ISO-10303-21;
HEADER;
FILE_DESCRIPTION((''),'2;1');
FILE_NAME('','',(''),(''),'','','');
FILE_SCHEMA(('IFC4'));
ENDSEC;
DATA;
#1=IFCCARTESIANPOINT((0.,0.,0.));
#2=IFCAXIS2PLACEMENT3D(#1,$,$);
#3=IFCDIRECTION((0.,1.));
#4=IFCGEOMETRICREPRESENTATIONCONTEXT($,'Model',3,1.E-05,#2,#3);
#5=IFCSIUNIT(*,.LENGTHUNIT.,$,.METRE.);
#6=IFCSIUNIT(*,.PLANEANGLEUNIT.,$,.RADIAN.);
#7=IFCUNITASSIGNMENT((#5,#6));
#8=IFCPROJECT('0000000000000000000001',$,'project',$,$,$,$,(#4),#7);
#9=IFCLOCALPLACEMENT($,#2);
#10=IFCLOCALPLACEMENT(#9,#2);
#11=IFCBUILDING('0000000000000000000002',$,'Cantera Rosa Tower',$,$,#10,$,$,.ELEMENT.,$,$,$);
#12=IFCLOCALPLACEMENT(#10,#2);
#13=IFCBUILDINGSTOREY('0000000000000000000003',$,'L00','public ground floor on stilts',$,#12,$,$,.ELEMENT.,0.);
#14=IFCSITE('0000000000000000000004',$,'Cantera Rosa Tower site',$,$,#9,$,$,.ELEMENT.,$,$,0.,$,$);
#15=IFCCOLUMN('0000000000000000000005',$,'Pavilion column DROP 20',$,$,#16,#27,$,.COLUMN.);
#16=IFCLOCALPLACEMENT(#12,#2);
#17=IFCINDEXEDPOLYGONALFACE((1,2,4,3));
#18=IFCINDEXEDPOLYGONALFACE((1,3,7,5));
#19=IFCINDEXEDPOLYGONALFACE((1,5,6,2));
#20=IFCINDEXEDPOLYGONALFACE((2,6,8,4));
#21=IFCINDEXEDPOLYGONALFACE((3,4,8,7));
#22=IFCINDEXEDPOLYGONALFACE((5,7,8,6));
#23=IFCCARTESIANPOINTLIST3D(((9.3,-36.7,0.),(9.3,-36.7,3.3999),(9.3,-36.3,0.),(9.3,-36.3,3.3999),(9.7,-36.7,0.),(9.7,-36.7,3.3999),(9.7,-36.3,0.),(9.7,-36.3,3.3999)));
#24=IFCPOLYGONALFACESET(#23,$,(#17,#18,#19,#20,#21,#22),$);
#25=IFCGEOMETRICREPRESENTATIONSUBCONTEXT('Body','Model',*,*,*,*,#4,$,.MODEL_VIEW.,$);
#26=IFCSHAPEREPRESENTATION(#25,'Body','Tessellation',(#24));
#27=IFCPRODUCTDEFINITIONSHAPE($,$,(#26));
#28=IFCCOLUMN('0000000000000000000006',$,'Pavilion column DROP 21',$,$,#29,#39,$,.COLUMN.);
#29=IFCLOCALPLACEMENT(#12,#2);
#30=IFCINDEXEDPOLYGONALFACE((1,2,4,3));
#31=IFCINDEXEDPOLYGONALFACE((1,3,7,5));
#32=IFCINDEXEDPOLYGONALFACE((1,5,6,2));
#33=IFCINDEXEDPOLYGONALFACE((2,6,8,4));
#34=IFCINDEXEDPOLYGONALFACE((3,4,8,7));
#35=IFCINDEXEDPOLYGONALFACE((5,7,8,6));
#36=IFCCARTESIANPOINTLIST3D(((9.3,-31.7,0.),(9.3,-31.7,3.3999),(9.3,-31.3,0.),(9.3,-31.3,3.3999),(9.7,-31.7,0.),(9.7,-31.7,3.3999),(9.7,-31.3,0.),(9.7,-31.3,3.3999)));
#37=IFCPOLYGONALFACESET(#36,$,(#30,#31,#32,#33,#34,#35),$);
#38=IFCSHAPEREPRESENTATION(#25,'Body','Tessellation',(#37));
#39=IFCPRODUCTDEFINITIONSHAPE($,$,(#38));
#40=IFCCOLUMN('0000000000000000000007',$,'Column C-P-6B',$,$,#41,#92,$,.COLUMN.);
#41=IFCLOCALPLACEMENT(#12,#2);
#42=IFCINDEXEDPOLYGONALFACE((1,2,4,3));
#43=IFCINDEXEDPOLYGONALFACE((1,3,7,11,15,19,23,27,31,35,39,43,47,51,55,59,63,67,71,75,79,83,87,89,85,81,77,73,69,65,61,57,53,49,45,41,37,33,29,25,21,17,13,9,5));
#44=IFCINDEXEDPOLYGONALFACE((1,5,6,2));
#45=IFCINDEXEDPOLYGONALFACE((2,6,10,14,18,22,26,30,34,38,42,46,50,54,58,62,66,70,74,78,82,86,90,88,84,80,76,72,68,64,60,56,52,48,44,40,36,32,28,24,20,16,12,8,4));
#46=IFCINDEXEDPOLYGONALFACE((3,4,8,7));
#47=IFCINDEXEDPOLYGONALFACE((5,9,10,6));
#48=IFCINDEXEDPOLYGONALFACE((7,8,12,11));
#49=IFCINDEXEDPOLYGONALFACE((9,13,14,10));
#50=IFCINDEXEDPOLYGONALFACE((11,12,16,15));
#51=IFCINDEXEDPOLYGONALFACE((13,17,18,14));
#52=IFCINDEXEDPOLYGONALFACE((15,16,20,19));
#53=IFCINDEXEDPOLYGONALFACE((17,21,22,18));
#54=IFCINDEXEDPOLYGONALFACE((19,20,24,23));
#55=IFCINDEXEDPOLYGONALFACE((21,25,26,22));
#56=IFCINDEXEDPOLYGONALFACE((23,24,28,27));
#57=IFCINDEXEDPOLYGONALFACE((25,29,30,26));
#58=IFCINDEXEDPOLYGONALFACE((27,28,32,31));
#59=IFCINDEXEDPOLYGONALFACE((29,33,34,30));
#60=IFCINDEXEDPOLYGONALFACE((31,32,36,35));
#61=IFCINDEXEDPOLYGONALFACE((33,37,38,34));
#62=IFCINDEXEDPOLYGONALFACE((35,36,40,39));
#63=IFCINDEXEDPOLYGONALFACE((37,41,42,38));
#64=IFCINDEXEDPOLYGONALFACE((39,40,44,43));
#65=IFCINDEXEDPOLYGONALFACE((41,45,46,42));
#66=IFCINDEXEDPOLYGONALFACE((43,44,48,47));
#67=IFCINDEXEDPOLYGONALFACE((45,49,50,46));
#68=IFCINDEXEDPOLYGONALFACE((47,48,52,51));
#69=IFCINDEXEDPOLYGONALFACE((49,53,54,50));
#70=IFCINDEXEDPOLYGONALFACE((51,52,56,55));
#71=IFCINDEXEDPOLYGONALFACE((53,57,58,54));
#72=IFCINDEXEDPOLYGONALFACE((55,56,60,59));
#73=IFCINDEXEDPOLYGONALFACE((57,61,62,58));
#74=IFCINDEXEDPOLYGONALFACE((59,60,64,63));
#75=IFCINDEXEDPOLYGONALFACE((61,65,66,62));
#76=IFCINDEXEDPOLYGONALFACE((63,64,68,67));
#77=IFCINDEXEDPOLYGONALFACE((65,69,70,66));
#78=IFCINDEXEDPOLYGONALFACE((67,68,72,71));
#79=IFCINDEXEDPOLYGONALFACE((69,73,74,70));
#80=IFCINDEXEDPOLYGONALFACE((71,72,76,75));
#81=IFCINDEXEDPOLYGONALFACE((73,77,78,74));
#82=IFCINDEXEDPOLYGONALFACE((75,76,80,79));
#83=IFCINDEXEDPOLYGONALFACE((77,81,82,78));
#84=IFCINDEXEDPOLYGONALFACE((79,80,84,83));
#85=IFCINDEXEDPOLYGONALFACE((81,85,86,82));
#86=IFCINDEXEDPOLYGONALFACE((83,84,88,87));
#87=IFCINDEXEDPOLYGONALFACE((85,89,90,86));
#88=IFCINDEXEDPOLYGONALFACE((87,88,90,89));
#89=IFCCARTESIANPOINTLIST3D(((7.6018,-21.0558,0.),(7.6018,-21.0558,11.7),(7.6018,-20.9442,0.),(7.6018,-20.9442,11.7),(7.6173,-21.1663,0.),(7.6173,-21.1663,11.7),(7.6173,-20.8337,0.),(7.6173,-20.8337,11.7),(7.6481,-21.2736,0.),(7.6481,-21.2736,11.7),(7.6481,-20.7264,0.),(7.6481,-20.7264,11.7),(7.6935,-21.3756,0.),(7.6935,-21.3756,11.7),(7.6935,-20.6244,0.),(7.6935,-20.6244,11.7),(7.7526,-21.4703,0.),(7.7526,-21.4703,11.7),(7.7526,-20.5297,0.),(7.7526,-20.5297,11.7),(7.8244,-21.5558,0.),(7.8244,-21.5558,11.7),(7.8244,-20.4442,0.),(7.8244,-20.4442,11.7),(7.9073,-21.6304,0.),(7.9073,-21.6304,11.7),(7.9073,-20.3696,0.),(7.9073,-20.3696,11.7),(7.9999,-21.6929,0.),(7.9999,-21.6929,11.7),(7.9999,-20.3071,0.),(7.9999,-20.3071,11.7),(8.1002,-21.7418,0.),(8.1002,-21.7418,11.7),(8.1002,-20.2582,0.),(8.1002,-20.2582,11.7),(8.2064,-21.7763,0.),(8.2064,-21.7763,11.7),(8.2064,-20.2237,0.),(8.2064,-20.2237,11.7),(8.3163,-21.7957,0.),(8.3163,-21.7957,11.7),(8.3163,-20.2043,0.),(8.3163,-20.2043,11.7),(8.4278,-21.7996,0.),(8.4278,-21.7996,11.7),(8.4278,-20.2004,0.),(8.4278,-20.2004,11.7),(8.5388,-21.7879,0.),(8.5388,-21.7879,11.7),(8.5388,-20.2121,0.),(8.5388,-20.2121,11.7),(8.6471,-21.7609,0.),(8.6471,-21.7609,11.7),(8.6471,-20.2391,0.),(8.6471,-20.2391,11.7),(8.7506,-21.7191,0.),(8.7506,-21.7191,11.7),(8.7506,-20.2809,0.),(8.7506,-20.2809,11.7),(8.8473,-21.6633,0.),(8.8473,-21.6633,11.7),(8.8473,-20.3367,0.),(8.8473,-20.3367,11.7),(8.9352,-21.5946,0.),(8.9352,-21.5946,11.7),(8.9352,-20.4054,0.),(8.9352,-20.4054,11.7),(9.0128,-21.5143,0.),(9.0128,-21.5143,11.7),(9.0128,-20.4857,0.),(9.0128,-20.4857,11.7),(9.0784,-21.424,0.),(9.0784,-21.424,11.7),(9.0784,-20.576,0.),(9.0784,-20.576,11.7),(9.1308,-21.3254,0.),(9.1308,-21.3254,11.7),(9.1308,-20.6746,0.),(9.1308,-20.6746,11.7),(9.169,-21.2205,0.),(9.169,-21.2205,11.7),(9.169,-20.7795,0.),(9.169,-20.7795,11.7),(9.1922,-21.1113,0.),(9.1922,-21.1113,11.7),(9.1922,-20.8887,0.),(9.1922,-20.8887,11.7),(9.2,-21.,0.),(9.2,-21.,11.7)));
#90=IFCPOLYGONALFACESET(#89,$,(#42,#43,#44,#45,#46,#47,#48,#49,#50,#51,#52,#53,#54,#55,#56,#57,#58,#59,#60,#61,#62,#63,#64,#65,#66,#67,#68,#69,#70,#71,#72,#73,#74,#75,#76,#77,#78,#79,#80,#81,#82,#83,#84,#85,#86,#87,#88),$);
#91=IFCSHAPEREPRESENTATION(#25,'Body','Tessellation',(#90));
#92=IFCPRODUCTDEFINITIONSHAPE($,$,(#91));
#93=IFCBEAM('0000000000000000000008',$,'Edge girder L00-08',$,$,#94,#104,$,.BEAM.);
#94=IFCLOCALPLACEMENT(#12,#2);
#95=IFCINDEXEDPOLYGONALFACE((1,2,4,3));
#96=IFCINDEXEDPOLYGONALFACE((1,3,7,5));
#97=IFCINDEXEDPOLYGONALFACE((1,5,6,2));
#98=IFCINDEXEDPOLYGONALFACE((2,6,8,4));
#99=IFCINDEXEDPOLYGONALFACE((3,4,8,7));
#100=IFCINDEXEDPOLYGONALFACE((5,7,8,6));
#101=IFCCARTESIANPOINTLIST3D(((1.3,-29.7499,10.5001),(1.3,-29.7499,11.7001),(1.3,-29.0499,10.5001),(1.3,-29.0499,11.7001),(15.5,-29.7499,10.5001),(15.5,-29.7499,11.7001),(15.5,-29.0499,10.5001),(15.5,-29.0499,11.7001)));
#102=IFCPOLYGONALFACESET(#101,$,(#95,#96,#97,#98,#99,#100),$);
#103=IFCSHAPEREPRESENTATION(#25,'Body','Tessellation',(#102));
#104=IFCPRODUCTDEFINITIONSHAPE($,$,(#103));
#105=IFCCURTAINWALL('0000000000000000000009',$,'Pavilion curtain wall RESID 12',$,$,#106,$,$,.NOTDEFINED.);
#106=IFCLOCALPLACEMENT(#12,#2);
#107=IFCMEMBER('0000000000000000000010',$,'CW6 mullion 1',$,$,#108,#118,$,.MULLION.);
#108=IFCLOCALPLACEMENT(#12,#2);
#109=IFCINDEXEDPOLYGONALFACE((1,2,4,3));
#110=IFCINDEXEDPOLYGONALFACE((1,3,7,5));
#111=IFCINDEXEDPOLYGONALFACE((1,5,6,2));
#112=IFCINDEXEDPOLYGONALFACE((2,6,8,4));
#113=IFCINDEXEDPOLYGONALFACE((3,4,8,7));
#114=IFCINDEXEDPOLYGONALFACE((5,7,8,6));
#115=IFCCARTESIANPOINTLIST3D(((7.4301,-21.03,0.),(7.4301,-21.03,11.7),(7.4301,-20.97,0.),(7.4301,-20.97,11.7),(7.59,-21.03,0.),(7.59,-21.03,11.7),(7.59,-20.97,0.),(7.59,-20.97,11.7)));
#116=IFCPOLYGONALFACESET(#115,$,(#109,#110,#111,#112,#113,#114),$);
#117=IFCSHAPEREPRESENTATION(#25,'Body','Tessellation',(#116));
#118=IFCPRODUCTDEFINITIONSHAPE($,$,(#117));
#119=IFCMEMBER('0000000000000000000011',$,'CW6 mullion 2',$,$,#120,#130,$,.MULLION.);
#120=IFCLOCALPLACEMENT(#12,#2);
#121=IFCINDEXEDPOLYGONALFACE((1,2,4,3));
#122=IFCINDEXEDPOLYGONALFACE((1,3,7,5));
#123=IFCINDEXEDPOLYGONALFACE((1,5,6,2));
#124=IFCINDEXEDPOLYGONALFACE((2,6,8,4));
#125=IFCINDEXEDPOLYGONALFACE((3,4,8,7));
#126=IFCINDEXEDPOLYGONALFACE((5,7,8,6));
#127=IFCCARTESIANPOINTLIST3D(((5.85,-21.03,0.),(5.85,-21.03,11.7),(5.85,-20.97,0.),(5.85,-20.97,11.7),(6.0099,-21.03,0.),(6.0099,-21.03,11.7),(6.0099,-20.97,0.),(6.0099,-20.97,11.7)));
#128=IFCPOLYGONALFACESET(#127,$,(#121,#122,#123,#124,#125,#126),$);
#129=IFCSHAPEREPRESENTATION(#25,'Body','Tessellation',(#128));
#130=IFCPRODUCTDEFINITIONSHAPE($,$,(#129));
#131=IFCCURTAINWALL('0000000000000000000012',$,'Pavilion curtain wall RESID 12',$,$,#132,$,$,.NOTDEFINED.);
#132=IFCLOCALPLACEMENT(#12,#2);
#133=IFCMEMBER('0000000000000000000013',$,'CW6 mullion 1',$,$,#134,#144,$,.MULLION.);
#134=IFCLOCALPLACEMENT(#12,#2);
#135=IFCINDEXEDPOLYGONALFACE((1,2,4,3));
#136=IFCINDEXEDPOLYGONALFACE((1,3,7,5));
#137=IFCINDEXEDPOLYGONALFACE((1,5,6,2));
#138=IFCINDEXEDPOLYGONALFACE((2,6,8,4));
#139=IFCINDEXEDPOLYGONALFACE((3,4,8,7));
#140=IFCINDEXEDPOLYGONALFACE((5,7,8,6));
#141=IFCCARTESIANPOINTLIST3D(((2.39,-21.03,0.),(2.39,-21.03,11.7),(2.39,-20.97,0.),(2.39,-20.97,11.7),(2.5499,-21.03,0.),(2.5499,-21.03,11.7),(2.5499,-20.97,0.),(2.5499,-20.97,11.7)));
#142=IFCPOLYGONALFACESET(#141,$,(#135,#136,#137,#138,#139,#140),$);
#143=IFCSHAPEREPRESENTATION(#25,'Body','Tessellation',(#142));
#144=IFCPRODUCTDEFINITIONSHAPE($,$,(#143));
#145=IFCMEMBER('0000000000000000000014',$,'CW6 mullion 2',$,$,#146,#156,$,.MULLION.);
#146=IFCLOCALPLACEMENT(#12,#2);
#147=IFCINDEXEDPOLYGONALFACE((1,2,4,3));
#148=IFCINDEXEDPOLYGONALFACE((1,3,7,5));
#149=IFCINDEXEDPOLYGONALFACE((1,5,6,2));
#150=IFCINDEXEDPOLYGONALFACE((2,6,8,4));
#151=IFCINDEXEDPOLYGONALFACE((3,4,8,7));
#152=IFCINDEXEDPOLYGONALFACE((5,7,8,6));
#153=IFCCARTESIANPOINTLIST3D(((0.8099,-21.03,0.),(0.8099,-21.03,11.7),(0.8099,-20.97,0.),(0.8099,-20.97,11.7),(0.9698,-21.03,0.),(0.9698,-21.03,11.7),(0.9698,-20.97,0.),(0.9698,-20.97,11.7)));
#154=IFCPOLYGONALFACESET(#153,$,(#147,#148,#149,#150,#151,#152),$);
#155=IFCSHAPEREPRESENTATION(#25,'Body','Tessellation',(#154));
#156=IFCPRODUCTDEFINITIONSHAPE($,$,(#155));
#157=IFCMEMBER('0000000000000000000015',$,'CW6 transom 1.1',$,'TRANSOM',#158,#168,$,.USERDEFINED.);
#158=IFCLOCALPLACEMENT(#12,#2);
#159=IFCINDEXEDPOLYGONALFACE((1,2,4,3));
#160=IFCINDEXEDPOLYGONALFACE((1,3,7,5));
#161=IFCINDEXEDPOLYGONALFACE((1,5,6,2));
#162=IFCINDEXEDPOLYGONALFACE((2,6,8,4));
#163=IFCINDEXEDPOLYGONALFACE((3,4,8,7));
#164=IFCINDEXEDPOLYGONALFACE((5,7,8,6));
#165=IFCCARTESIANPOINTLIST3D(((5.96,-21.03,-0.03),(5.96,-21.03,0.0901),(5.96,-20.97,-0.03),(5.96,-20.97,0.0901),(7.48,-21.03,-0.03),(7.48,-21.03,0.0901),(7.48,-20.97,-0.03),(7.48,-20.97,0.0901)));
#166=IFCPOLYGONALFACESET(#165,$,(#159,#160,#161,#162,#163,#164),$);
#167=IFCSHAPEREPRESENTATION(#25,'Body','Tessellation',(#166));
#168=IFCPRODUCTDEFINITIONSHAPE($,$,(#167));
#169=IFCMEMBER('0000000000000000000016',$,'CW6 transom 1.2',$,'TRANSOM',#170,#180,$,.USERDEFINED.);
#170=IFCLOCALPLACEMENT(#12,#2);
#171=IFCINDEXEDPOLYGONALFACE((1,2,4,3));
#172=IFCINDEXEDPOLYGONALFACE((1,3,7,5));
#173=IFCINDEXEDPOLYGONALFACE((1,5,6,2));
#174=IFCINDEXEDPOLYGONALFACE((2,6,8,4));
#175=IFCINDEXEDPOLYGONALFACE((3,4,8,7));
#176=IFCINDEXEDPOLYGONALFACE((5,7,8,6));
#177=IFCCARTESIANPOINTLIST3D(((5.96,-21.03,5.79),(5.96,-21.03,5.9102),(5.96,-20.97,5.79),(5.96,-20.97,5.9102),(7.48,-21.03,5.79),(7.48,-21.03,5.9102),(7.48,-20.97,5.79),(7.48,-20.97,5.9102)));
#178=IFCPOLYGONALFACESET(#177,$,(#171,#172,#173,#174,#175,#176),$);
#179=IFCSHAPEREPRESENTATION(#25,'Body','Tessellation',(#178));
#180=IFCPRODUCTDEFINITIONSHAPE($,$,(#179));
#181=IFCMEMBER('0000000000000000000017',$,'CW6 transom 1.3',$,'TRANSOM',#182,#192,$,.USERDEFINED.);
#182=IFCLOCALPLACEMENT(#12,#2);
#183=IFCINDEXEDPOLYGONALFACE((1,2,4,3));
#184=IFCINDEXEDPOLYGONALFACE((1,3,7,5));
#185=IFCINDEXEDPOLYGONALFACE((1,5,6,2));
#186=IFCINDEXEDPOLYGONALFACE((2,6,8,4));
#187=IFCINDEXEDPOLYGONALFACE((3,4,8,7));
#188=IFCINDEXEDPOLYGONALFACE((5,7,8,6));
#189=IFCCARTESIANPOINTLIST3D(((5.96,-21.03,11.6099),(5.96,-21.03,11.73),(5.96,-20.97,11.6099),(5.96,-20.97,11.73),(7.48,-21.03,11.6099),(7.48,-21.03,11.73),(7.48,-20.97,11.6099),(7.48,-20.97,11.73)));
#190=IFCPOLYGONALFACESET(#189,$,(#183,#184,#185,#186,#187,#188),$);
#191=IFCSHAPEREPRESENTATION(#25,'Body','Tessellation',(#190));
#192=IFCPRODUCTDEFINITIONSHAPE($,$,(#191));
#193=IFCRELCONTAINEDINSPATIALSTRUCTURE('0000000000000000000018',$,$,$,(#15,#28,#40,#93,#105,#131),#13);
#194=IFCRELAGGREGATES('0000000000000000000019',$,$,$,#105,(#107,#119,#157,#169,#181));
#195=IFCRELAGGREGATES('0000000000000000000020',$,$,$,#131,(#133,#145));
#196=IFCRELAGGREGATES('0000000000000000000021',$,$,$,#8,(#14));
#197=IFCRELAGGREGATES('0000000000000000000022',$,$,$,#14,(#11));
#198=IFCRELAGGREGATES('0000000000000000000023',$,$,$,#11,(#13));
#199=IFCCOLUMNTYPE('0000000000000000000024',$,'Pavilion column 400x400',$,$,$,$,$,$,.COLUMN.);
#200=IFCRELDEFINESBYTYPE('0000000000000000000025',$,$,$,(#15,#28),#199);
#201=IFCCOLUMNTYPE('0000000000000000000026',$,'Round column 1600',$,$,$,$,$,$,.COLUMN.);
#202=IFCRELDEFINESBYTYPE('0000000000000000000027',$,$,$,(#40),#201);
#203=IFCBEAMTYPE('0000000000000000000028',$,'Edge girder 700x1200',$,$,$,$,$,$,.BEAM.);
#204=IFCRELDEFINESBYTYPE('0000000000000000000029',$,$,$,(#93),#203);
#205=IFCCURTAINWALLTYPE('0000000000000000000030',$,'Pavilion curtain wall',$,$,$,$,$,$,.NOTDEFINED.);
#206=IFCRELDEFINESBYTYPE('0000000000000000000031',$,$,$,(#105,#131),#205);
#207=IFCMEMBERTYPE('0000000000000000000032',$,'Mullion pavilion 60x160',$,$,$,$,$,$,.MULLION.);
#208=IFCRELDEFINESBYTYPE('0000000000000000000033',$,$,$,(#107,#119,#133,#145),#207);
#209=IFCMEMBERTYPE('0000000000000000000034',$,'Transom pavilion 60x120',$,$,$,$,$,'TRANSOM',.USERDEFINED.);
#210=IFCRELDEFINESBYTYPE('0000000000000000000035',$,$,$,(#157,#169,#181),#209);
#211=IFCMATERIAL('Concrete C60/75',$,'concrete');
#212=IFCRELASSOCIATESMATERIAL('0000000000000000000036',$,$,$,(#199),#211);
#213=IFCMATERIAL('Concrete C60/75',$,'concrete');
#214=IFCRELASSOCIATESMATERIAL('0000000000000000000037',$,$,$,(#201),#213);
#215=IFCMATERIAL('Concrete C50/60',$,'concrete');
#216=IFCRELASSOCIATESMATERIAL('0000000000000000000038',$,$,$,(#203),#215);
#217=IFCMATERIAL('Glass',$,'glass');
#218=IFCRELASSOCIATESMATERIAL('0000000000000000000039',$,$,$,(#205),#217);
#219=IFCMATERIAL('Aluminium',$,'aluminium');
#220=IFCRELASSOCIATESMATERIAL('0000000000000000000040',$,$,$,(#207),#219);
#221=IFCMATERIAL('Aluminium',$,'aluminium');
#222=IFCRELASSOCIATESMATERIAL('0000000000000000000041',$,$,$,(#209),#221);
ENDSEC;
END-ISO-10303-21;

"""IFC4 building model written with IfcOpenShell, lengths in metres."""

from ifc_helpers import new_model, si_unit, direction, frame, origin, origin_2d, place, context, subcontext, project, spatial, rectangle, circle, extrude, material, material_profile, profile_set, type_object, element, aggregate, save


model = new_model("IFC4")

# Units and contexts
model_context = context("Model", 3, precision=1e-05, world=origin(), true_north=direction((0.0, 1.0)))
body_context = subcontext(model_context, "Body", "Model", "MODEL_VIEW")
ifc_project = project(units=[si_unit("LENGTHUNIT", "METRE"), si_unit("PLANEANGLEUNIT", "RADIAN")], contexts=[model_context])

# Site, building, storey
site_placement = place(None, origin())
site = spatial("IfcSite", under=ifc_project, at=site_placement, Name="Cantera Rosa Tower site", CompositionType="ELEMENT", RefElevation=0.0)
building_placement = place(site_placement, origin())
building = spatial("IfcBuilding", under=site, at=building_placement, Name="Cantera Rosa Tower", CompositionType="ELEMENT")
storey_placement = place(building_placement, origin())
storey = spatial("IfcBuildingStorey", under=building, at=storey_placement, Name="L00", Description="public ground floor on stilts", CompositionType="ELEMENT", Elevation=0.0)

# Columns
ifc_material_1 = material(Name="Concrete C60/75", Category="concrete")
ifc_material_profile_1 = material_profile(ifc_material_1, rectangle(XDim=0.3999, YDim=0.3999, at=origin_2d()), Name="Pavilion column 400x400")
ifc_profile_set_1 = profile_set([ifc_material_profile_1], Name="Concrete C60/75")
column_type_1 = type_object("IfcColumnType", Name="Pavilion column 400x400", PredefinedType="COLUMN", material=ifc_profile_set_1)
for number, where, z_axis, x_axis, name in (
    (1, (9.5, -36.5, 0.0), (0.0, 0.0, 1.0), (1.0, 0.0, 0.0), "Pavilion column DROP 20"),
    (2, (9.5, -31.5, 0.0), (0.0, 0.0, 1.0), (1.0, 0.0, 0.0), "Pavilion column DROP 21"),
):
    element("IfcColumn", number, at=place(storey_placement, frame(where, z_axis=z_axis, x_axis=x_axis)), inside=storey, type_object=column_type_1, Name=name, PredefinedType="COLUMN", context=body_context, shape_type="SweptSolid", body=[
        extrude(rectangle(XDim=0.3999, YDim=0.3999, at=origin_2d()), origin(), (0.0, 0.0, 1.0), 3.3999),
    ])
ifc_material_2 = material(Name="Concrete C60/75", Category="concrete")
ifc_material_profile_2 = material_profile(ifc_material_2, circle(Radius=0.8, at=origin_2d()), Name="Round column 1600")
ifc_profile_set_2 = profile_set([ifc_material_profile_2], Name="Concrete C60/75")
column_type_2 = type_object("IfcColumnType", Name="Round column 1600", PredefinedType="COLUMN", material=ifc_profile_set_2)
column_placement = place(storey_placement, frame((8.3999, -21.0, 0.0), z_axis=(0.0, 0.0, 1.0), x_axis=(1.0, 0.0, 0.0)))
element("IfcColumn", 3, at=column_placement, inside=storey, type_object=column_type_2, Name="Column C-P-6B", PredefinedType="COLUMN", context=body_context, shape_type="SweptSolid", body=[
    extrude(circle(Radius=0.8, at=origin_2d()), origin(), (0.0, 0.0, 1.0), 11.7),
])

# Beam
ifc_material_3 = material(Name="Concrete C50/60", Category="concrete")
ifc_material_profile_3 = material_profile(ifc_material_3, rectangle(XDim=0.7, YDim=1.2, at=origin_2d()), Name="Edge girder 700x1200")
ifc_profile_set_3 = profile_set([ifc_material_profile_3], Name="Concrete C50/60")
beam_type = type_object("IfcBeamType", Name="Edge girder 700x1200", PredefinedType="BEAM", material=ifc_profile_set_3)
beam_placement = place(storey_placement, frame((1.3, -29.3999, 11.1001), z_axis=(1.0, 0.0, 0.0), x_axis=(0.0, 1.0, 0.0)))
element("IfcBeam", 4, at=beam_placement, inside=storey, type_object=beam_type, Name="Edge girder L00-08", PredefinedType="BEAM", context=body_context, shape_type="SweptSolid", body=[
    extrude(rectangle(XDim=0.7, YDim=1.2, at=origin_2d()), origin(), (0.0, 0.0, 1.0), 14.2),
])

# Curtain walls, members
ifc_material_4 = material(Name="Glass", Category="glass")
curtain_wall_type = type_object("IfcCurtainWallType", Name="Pavilion curtain wall", PredefinedType="NOTDEFINED", material=ifc_material_4)
curtain_wall_1_placement = place(storey_placement, origin())
curtain_wall_1 = element("IfcCurtainWall", 5, at=curtain_wall_1_placement, inside=storey, type_object=curtain_wall_type, Name="Pavilion curtain wall RESID 12", PredefinedType="NOTDEFINED")
ifc_material_5 = material(Name="Aluminium", Category="aluminium")
ifc_material_profile_4 = material_profile(ifc_material_5, rectangle(XDim=0.0601, YDim=0.1599, at=origin_2d()), Name="Mullion pavilion 60x160")
ifc_profile_set_4 = profile_set([ifc_material_profile_4], Name="Aluminium")
member_type_1 = type_object("IfcMemberType", Name="Mullion pavilion 60x160", PredefinedType="MULLION", material=ifc_profile_set_4)
member_1_placement = place(storey_placement, frame((7.51, -21.0, 0.0), z_axis=(0.0, 0.0, 1.0), x_axis=(0.0, -1.0, 0.0)))
member_1 = element("IfcMember", 6, at=member_1_placement, type_object=member_type_1, Name="CW6 mullion 1", PredefinedType="MULLION", context=body_context, shape_type="SweptSolid", body=[
    extrude(rectangle(XDim=0.0601, YDim=0.1599, at=origin_2d()), origin(), (0.0, 0.0, 1.0), 11.7),
])
member_2_placement = place(storey_placement, frame((5.9299, -21.0, 0.0), z_axis=(0.0, 0.0, 1.0), x_axis=(0.0, -1.0, 0.0)))
member_2 = element("IfcMember", 7, at=member_2_placement, type_object=member_type_1, Name="CW6 mullion 2", PredefinedType="MULLION", context=body_context, shape_type="SweptSolid", body=[
    extrude(rectangle(XDim=0.0601, YDim=0.1599, at=origin_2d()), origin(), (0.0, 0.0, 1.0), 11.7),
])
curtain_wall_2_placement = place(storey_placement, origin())
curtain_wall_2 = element("IfcCurtainWall", 8, at=curtain_wall_2_placement, inside=storey, type_object=curtain_wall_type, Name="Pavilion curtain wall RESID 12", PredefinedType="NOTDEFINED")
member_3_placement = place(storey_placement, frame((2.47, -21.0, 0.0), z_axis=(0.0, 0.0, 1.0), x_axis=(0.0, -1.0, 0.0)))
member_3 = element("IfcMember", 9, at=member_3_placement, type_object=member_type_1, Name="CW6 mullion 1", PredefinedType="MULLION", context=body_context, shape_type="SweptSolid", body=[
    extrude(rectangle(XDim=0.0601, YDim=0.1599, at=origin_2d()), origin(), (0.0, 0.0, 1.0), 11.7),
])
member_4_placement = place(storey_placement, frame((0.8899, -21.0, 0.0), z_axis=(0.0, 0.0, 1.0), x_axis=(0.0, -1.0, 0.0)))
member_4 = element("IfcMember", 10, at=member_4_placement, type_object=member_type_1, Name="CW6 mullion 2", PredefinedType="MULLION", context=body_context, shape_type="SweptSolid", body=[
    extrude(rectangle(XDim=0.0601, YDim=0.1599, at=origin_2d()), origin(), (0.0, 0.0, 1.0), 11.7),
])

# Members
ifc_material_6 = material(Name="Aluminium", Category="aluminium")
ifc_material_profile_5 = material_profile(ifc_material_6, rectangle(XDim=0.0601, YDim=0.1201, at=origin_2d()), Name="Transom pavilion 60x120")
ifc_profile_set_5 = profile_set([ifc_material_profile_5], Name="Aluminium")
member_type_2 = type_object("IfcMemberType", Name="Transom pavilion 60x120", ElementType="TRANSOM", PredefinedType="USERDEFINED", material=ifc_profile_set_5)
member_5_placement = place(storey_placement, frame((7.48, -21.0, 0.03), z_axis=(-1.0, 0.0, 0.0), x_axis=(0.0, -1.0, 0.0)))
member_5 = element("IfcMember", 11, at=member_5_placement, type_object=member_type_2, Name="CW6 transom 1.1", ObjectType="TRANSOM", PredefinedType="USERDEFINED", context=body_context, shape_type="SweptSolid", body=[
    extrude(rectangle(XDim=0.0601, YDim=0.1201, at=origin_2d()), origin(), (0.0, 0.0, 1.0), 1.52),
])
member_6_placement = place(storey_placement, frame((7.48, -21.0, 5.8501), z_axis=(-1.0, 0.0, 0.0), x_axis=(0.0, -1.0, 0.0)))
member_6 = element("IfcMember", 12, at=member_6_placement, type_object=member_type_2, Name="CW6 transom 1.2", ObjectType="TRANSOM", PredefinedType="USERDEFINED", context=body_context, shape_type="SweptSolid", body=[
    extrude(rectangle(XDim=0.0601, YDim=0.1201, at=origin_2d()), origin(), (0.0, 0.0, 1.0), 1.52),
])
member_7_placement = place(storey_placement, frame((7.48, -21.0, 11.6699), z_axis=(-1.0, 0.0, 0.0), x_axis=(0.0, -1.0, 0.0)))
member_7 = element("IfcMember", 13, at=member_7_placement, type_object=member_type_2, Name="CW6 transom 1.3", ObjectType="TRANSOM", PredefinedType="USERDEFINED", context=body_context, shape_type="SweptSolid", body=[
    extrude(rectangle(XDim=0.0601, YDim=0.1201, at=origin_2d()), origin(), (0.0, 0.0, 1.0), 1.52),
])

aggregate(curtain_wall_1, [member_1, member_2, member_5, member_6, member_7])
aggregate(curtain_wall_2, [member_3, member_4])

save(model, "model.ifc")
